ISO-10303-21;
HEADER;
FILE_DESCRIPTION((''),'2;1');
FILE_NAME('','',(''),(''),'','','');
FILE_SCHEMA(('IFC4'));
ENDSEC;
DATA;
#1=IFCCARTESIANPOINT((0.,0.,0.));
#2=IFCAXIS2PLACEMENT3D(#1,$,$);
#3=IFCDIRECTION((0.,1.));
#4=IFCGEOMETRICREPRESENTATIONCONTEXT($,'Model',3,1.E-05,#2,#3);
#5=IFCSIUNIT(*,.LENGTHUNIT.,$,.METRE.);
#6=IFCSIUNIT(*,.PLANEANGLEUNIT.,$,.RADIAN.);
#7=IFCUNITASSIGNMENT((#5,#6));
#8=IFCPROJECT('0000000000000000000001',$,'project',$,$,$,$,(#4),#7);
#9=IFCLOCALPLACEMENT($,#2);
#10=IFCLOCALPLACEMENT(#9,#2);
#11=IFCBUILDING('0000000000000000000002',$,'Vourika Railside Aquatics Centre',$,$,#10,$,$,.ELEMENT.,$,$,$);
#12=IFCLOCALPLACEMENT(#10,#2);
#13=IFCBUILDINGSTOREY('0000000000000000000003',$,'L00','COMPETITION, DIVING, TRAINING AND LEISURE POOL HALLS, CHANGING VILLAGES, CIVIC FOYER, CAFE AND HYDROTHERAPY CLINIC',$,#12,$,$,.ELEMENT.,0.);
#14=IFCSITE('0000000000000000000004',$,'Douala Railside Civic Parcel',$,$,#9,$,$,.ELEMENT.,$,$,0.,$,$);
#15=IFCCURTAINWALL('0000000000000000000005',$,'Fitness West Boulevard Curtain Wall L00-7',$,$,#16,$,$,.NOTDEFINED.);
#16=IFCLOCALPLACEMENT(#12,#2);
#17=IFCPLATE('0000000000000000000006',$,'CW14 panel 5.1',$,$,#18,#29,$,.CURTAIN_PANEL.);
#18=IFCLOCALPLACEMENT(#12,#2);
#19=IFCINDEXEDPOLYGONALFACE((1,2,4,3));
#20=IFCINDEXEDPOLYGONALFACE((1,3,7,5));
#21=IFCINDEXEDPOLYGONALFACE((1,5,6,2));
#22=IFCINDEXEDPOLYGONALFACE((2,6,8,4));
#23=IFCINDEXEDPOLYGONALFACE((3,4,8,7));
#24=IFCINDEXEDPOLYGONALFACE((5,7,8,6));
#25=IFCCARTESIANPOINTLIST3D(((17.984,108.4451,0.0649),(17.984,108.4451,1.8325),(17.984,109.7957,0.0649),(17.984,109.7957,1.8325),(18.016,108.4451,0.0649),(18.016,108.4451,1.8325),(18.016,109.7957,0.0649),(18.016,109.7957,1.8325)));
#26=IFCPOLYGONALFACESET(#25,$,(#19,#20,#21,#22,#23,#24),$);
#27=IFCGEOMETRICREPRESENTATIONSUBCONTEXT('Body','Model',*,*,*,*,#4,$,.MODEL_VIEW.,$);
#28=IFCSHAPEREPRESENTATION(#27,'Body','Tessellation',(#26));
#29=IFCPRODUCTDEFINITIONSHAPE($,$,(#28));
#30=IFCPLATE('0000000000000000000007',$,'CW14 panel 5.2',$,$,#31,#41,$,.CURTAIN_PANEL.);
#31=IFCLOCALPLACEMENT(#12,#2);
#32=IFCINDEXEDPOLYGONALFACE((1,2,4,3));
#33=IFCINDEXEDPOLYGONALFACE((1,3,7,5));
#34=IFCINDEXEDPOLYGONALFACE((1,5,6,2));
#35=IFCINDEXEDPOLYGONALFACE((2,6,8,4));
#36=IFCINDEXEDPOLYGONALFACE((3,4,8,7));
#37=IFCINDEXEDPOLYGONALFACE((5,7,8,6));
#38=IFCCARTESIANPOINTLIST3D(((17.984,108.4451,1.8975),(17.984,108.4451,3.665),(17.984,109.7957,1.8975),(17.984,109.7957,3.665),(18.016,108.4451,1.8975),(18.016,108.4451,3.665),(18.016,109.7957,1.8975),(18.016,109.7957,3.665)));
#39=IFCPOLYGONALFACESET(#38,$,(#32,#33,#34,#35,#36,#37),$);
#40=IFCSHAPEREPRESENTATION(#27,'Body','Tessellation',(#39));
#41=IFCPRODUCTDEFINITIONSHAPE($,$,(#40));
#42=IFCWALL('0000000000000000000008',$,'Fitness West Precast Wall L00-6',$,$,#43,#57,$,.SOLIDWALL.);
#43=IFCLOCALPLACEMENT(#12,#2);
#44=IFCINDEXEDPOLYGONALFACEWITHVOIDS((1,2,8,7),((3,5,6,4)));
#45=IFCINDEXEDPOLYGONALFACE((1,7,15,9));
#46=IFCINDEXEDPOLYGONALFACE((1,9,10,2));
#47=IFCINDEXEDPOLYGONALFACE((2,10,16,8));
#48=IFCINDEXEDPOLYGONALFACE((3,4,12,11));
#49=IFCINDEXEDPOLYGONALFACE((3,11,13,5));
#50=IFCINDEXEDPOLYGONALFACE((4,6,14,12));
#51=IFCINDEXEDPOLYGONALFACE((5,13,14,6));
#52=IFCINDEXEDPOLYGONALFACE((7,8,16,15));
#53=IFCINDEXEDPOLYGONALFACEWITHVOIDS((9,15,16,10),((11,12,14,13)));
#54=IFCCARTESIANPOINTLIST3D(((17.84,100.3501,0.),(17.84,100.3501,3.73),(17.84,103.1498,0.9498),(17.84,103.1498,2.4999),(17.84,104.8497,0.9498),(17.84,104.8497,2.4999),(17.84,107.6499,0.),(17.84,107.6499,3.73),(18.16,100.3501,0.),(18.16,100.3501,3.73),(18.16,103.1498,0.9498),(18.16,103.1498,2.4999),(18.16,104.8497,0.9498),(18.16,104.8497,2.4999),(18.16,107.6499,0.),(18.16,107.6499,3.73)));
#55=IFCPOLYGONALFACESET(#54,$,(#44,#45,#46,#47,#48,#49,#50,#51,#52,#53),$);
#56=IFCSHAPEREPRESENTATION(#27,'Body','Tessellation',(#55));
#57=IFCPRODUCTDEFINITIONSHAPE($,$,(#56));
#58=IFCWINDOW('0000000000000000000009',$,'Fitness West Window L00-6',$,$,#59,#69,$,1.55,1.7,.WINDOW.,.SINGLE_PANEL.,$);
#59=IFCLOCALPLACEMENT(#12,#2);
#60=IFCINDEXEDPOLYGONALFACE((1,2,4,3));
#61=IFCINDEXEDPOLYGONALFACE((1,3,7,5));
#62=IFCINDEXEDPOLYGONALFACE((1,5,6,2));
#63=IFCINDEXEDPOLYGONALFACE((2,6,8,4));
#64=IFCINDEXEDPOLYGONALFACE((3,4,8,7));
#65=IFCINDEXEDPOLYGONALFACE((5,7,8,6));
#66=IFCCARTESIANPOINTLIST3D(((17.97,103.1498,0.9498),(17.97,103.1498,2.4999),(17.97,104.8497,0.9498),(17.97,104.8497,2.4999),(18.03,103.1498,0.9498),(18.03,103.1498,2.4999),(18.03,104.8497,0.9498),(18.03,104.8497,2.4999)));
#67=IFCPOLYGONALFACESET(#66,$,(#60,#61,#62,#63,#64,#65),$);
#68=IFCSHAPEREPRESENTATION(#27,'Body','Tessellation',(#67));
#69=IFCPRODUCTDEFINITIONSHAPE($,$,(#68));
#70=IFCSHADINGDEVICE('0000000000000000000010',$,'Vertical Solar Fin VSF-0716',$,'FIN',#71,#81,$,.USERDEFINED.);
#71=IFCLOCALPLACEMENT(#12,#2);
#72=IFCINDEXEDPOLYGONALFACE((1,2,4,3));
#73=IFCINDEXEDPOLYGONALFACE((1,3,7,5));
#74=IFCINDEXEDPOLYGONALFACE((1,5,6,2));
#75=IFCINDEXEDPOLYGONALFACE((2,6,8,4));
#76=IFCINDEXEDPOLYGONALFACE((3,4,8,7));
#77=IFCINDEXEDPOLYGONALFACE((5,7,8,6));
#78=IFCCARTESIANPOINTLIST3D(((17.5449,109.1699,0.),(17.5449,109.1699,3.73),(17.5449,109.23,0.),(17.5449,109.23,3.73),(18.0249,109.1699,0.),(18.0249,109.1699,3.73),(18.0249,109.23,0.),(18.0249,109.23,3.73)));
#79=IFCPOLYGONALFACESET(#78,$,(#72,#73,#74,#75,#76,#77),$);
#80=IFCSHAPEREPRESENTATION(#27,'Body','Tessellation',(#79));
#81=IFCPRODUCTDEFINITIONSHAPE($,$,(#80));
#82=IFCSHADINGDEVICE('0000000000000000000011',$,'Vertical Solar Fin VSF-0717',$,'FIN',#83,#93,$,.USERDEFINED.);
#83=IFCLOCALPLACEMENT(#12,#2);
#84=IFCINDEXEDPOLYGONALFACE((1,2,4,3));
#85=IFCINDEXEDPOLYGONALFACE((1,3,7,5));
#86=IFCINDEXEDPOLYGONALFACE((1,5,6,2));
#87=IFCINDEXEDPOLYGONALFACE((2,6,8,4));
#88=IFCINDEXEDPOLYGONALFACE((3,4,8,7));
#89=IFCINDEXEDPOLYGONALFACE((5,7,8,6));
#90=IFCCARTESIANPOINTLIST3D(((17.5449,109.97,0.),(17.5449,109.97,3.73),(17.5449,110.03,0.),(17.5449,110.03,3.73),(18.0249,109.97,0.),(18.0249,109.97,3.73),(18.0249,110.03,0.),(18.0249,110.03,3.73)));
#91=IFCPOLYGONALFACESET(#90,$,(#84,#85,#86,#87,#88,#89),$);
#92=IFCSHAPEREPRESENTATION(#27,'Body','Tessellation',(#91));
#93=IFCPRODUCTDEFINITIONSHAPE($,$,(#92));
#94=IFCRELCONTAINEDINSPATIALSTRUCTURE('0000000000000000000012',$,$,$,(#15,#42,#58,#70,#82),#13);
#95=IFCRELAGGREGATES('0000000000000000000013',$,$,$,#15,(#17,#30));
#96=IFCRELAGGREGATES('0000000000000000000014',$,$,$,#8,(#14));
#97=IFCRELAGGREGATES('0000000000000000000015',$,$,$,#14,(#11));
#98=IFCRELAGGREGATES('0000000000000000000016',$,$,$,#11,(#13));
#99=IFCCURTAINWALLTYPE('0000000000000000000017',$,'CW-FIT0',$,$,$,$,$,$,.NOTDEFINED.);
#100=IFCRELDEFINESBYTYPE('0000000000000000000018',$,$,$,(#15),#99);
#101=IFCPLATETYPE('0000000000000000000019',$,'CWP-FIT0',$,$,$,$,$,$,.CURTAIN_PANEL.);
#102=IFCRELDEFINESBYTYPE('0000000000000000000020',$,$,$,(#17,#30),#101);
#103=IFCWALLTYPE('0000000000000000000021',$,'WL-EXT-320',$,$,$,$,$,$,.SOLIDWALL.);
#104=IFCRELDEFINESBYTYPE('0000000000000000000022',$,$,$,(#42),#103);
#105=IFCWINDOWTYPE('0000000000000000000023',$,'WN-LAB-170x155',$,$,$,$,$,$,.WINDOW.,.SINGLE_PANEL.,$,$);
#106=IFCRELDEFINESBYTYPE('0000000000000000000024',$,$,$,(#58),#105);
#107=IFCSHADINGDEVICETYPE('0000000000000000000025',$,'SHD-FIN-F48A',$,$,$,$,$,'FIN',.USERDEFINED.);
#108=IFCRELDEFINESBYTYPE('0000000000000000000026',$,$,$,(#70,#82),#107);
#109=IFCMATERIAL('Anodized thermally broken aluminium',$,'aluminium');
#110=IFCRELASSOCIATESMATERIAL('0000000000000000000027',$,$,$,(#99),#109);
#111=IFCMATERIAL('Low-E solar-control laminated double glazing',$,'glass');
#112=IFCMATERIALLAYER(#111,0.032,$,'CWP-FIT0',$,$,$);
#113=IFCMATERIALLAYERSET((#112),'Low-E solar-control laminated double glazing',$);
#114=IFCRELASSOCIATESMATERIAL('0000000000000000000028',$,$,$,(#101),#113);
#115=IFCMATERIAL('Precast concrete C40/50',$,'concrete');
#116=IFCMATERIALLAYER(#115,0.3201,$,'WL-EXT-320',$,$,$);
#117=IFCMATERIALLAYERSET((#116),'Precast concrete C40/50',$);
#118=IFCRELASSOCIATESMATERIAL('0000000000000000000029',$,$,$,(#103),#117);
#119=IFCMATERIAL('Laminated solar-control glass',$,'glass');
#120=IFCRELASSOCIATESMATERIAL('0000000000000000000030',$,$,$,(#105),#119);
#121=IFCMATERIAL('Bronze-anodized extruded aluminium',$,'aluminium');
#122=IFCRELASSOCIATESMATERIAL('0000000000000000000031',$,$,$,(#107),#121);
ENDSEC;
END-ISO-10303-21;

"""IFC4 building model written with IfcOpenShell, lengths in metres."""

from ifc_helpers import new_model, si_unit, direction, frame, frame_2d, origin, origin_2d, place, context, subcontext, project, spatial, rectangle, extrude, material, layer, layer_set, material_profile, profile_set, type_object, element, fill, aggregate, save


model = new_model("IFC4")

# Units and contexts
model_context = context("Model", 3, precision=1e-05, world=origin(), true_north=direction((0.0, 1.0)))
body_context = subcontext(model_context, "Body", "Model", "MODEL_VIEW")
ifc_project = project(units=[si_unit("LENGTHUNIT", "METRE"), si_unit("PLANEANGLEUNIT", "RADIAN")], contexts=[model_context])

# Site, building, storey
site_placement = place(None, origin())
site = spatial("IfcSite", under=ifc_project, at=site_placement, Name="Douala Railside Civic Parcel", CompositionType="ELEMENT", RefElevation=0.0)
building_placement = place(site_placement, origin())
building = spatial("IfcBuilding", under=site, at=building_placement, Name="Vourika Railside Aquatics Centre", CompositionType="ELEMENT")
storey_placement = place(building_placement, origin())
storey = spatial("IfcBuildingStorey", under=building, at=storey_placement, Name="L00", Description="COMPETITION, DIVING, TRAINING AND LEISURE POOL HALLS, CHANGING VILLAGES, CIVIC FOYER, CAFE AND HYDROTHERAPY CLINIC", CompositionType="ELEMENT", Elevation=0.0)

# Curtain wall
ifc_material_1 = material(Name="Anodized thermally broken aluminium", Category="aluminium")
curtain_wall_type = type_object("IfcCurtainWallType", Name="CW-FIT0", PredefinedType="NOTDEFINED", material=ifc_material_1)
curtain_wall_1_placement = place(storey_placement, origin())
curtain_wall_1 = element("IfcCurtainWall", 1, at=curtain_wall_1_placement, inside=storey, type_object=curtain_wall_type, Name="Fitness West Boulevard Curtain Wall L00-7", PredefinedType="NOTDEFINED")

# Plates
ifc_material_2 = material(Name="Low-E solar-control laminated double glazing", Category="glass")
ifc_layer_1 = layer(ifc_material_2, 0.032, Name="CWP-FIT0")
ifc_layer_set_1 = layer_set([ifc_layer_1], Name="Low-E solar-control laminated double glazing")
plate_type = type_object("IfcPlateType", Name="CWP-FIT0", PredefinedType="CURTAIN_PANEL", material=ifc_layer_set_1)
plate_1_placement = place(storey_placement, frame((18.0, 109.1204, 0.0649), z_axis=(0.0, 0.0, 1.0), x_axis=(0.0, -1.0, 0.0)))
plate_1 = element("IfcPlate", 2, at=plate_1_placement, type_object=plate_type, Name="CW14 panel 5.1", PredefinedType="CURTAIN_PANEL", context=body_context, shape_type="SweptSolid", body=[
    extrude(rectangle(XDim=1.3506, YDim=0.032, at=origin_2d()), origin(), (0.0, 0.0, 1.0), 1.7676),
])
plate_2_placement = place(storey_placement, frame((18.0, 109.1204, 1.8975), z_axis=(0.0, 0.0, 1.0), x_axis=(0.0, -1.0, 0.0)))
plate_2 = element("IfcPlate", 3, at=plate_2_placement, type_object=plate_type, Name="CW14 panel 5.2", PredefinedType="CURTAIN_PANEL", context=body_context, shape_type="SweptSolid", body=[
    extrude(rectangle(XDim=1.3506, YDim=0.032, at=origin_2d()), origin(), (0.0, 0.0, 1.0), 1.7676),
])
aggregate(curtain_wall_1, [plate_1, plate_2])

# Wall, opening, window
ifc_material_3 = material(Name="Precast concrete C40/50", Category="concrete")
ifc_layer_2 = layer(ifc_material_3, 0.3201, Name="WL-EXT-320")
ifc_layer_set_2 = layer_set([ifc_layer_2], Name="Precast concrete C40/50")
wall_type = type_object("IfcWallType", Name="WL-EXT-320", PredefinedType="SOLIDWALL", material=ifc_layer_set_2)
wall_placement = place(storey_placement, frame((18.0, 107.6499, 0.0), z_axis=(0.0, 0.0, 1.0), x_axis=(0.0, -1.0, 0.0)))
wall = element("IfcWall", 4, at=wall_placement, inside=storey, type_object=wall_type, Name="Fitness West Precast Wall L00-6", PredefinedType="SOLIDWALL", context=body_context, shape_type="SweptSolid", body=[
    extrude(rectangle(XDim=7.2998, YDim=0.3201, at=frame_2d((3.6499, 0.0))), origin(), (0.0, 0.0, 1.0), 3.73),
])
opening_placement = place(wall_placement, frame((2.8, 0.0, 0.95)))
opening = element("IfcOpeningElement", 5, at=opening_placement, cuts=wall, PredefinedType="OPENING", context=body_context, shape_type="SweptSolid", body=[
    extrude(rectangle(XDim=1.7, YDim=1.55, at=frame_2d((0.8501, 0.7749))), frame((0.0, 0.1699, 0.0), z_axis=(0.0, -1.0, 0.0), x_axis=(1.0, 0.0, 0.0)), (0.0, 0.0, 1.0), 0.3401),
])
ifc_material_4 = material(Name="Laminated solar-control glass", Category="glass")
window_type = type_object("IfcWindowType", Name="WN-LAB-170x155", PartitioningType="SINGLE_PANEL", PredefinedType="WINDOW", material=ifc_material_4)
window_placement = place(opening_placement, origin())
window = element("IfcWindow", 6, at=window_placement, inside=storey, type_object=window_type, Name="Fitness West Window L00-6", OverallHeight=1.55, OverallWidth=1.7, PartitioningType="SINGLE_PANEL", PredefinedType="WINDOW", context=body_context, shape_type="SweptSolid", body=[
    extrude(rectangle(XDim=1.7, YDim=1.55, at=frame_2d((0.8501, 0.7749))), frame((0.0, 0.03, 0.0), z_axis=(0.0, -1.0, 0.0), x_axis=(1.0, 0.0, 0.0)), (0.0, 0.0, 1.0), 0.0601),
])
fill(opening, window)

# Shading devices
ifc_material_5 = material(Name="Bronze-anodized extruded aluminium", Category="aluminium")
ifc_material_profile_1 = material_profile(ifc_material_5, rectangle(XDim=0.0601, YDim=0.48, at=origin_2d()), Name="ALU-FIN 60x480")
ifc_profile_set_1 = profile_set([ifc_material_profile_1], Name="Bronze-anodized extruded aluminium")
shading_device_type = type_object("IfcShadingDeviceType", Name="SHD-FIN-F48A", ElementType="FIN", PredefinedType="USERDEFINED", material=ifc_profile_set_1)
for number, where, z_axis, x_axis, name in (
    (7, (17.7849, 109.2, 0.0), (0.0, 0.0, 1.0), (0.0, 1.0, 0.0), "Vertical Solar Fin VSF-0716"),
    (8, (17.7849, 110.0, 0.0), (0.0, 0.0, 1.0), (0.0, 1.0, 0.0), "Vertical Solar Fin VSF-0717"),
):
    element("IfcShadingDevice", number, at=place(storey_placement, frame(where, z_axis=z_axis, x_axis=x_axis)), inside=storey, type_object=shading_device_type, Name=name, ObjectType="FIN", PredefinedType="USERDEFINED", context=body_context, shape_type="SweptSolid", body=[
        extrude(rectangle(XDim=0.0601, YDim=0.48, at=origin_2d()), origin(), (0.0, 0.0, 1.0), 3.73),
    ])

save(model, "model.ifc")
